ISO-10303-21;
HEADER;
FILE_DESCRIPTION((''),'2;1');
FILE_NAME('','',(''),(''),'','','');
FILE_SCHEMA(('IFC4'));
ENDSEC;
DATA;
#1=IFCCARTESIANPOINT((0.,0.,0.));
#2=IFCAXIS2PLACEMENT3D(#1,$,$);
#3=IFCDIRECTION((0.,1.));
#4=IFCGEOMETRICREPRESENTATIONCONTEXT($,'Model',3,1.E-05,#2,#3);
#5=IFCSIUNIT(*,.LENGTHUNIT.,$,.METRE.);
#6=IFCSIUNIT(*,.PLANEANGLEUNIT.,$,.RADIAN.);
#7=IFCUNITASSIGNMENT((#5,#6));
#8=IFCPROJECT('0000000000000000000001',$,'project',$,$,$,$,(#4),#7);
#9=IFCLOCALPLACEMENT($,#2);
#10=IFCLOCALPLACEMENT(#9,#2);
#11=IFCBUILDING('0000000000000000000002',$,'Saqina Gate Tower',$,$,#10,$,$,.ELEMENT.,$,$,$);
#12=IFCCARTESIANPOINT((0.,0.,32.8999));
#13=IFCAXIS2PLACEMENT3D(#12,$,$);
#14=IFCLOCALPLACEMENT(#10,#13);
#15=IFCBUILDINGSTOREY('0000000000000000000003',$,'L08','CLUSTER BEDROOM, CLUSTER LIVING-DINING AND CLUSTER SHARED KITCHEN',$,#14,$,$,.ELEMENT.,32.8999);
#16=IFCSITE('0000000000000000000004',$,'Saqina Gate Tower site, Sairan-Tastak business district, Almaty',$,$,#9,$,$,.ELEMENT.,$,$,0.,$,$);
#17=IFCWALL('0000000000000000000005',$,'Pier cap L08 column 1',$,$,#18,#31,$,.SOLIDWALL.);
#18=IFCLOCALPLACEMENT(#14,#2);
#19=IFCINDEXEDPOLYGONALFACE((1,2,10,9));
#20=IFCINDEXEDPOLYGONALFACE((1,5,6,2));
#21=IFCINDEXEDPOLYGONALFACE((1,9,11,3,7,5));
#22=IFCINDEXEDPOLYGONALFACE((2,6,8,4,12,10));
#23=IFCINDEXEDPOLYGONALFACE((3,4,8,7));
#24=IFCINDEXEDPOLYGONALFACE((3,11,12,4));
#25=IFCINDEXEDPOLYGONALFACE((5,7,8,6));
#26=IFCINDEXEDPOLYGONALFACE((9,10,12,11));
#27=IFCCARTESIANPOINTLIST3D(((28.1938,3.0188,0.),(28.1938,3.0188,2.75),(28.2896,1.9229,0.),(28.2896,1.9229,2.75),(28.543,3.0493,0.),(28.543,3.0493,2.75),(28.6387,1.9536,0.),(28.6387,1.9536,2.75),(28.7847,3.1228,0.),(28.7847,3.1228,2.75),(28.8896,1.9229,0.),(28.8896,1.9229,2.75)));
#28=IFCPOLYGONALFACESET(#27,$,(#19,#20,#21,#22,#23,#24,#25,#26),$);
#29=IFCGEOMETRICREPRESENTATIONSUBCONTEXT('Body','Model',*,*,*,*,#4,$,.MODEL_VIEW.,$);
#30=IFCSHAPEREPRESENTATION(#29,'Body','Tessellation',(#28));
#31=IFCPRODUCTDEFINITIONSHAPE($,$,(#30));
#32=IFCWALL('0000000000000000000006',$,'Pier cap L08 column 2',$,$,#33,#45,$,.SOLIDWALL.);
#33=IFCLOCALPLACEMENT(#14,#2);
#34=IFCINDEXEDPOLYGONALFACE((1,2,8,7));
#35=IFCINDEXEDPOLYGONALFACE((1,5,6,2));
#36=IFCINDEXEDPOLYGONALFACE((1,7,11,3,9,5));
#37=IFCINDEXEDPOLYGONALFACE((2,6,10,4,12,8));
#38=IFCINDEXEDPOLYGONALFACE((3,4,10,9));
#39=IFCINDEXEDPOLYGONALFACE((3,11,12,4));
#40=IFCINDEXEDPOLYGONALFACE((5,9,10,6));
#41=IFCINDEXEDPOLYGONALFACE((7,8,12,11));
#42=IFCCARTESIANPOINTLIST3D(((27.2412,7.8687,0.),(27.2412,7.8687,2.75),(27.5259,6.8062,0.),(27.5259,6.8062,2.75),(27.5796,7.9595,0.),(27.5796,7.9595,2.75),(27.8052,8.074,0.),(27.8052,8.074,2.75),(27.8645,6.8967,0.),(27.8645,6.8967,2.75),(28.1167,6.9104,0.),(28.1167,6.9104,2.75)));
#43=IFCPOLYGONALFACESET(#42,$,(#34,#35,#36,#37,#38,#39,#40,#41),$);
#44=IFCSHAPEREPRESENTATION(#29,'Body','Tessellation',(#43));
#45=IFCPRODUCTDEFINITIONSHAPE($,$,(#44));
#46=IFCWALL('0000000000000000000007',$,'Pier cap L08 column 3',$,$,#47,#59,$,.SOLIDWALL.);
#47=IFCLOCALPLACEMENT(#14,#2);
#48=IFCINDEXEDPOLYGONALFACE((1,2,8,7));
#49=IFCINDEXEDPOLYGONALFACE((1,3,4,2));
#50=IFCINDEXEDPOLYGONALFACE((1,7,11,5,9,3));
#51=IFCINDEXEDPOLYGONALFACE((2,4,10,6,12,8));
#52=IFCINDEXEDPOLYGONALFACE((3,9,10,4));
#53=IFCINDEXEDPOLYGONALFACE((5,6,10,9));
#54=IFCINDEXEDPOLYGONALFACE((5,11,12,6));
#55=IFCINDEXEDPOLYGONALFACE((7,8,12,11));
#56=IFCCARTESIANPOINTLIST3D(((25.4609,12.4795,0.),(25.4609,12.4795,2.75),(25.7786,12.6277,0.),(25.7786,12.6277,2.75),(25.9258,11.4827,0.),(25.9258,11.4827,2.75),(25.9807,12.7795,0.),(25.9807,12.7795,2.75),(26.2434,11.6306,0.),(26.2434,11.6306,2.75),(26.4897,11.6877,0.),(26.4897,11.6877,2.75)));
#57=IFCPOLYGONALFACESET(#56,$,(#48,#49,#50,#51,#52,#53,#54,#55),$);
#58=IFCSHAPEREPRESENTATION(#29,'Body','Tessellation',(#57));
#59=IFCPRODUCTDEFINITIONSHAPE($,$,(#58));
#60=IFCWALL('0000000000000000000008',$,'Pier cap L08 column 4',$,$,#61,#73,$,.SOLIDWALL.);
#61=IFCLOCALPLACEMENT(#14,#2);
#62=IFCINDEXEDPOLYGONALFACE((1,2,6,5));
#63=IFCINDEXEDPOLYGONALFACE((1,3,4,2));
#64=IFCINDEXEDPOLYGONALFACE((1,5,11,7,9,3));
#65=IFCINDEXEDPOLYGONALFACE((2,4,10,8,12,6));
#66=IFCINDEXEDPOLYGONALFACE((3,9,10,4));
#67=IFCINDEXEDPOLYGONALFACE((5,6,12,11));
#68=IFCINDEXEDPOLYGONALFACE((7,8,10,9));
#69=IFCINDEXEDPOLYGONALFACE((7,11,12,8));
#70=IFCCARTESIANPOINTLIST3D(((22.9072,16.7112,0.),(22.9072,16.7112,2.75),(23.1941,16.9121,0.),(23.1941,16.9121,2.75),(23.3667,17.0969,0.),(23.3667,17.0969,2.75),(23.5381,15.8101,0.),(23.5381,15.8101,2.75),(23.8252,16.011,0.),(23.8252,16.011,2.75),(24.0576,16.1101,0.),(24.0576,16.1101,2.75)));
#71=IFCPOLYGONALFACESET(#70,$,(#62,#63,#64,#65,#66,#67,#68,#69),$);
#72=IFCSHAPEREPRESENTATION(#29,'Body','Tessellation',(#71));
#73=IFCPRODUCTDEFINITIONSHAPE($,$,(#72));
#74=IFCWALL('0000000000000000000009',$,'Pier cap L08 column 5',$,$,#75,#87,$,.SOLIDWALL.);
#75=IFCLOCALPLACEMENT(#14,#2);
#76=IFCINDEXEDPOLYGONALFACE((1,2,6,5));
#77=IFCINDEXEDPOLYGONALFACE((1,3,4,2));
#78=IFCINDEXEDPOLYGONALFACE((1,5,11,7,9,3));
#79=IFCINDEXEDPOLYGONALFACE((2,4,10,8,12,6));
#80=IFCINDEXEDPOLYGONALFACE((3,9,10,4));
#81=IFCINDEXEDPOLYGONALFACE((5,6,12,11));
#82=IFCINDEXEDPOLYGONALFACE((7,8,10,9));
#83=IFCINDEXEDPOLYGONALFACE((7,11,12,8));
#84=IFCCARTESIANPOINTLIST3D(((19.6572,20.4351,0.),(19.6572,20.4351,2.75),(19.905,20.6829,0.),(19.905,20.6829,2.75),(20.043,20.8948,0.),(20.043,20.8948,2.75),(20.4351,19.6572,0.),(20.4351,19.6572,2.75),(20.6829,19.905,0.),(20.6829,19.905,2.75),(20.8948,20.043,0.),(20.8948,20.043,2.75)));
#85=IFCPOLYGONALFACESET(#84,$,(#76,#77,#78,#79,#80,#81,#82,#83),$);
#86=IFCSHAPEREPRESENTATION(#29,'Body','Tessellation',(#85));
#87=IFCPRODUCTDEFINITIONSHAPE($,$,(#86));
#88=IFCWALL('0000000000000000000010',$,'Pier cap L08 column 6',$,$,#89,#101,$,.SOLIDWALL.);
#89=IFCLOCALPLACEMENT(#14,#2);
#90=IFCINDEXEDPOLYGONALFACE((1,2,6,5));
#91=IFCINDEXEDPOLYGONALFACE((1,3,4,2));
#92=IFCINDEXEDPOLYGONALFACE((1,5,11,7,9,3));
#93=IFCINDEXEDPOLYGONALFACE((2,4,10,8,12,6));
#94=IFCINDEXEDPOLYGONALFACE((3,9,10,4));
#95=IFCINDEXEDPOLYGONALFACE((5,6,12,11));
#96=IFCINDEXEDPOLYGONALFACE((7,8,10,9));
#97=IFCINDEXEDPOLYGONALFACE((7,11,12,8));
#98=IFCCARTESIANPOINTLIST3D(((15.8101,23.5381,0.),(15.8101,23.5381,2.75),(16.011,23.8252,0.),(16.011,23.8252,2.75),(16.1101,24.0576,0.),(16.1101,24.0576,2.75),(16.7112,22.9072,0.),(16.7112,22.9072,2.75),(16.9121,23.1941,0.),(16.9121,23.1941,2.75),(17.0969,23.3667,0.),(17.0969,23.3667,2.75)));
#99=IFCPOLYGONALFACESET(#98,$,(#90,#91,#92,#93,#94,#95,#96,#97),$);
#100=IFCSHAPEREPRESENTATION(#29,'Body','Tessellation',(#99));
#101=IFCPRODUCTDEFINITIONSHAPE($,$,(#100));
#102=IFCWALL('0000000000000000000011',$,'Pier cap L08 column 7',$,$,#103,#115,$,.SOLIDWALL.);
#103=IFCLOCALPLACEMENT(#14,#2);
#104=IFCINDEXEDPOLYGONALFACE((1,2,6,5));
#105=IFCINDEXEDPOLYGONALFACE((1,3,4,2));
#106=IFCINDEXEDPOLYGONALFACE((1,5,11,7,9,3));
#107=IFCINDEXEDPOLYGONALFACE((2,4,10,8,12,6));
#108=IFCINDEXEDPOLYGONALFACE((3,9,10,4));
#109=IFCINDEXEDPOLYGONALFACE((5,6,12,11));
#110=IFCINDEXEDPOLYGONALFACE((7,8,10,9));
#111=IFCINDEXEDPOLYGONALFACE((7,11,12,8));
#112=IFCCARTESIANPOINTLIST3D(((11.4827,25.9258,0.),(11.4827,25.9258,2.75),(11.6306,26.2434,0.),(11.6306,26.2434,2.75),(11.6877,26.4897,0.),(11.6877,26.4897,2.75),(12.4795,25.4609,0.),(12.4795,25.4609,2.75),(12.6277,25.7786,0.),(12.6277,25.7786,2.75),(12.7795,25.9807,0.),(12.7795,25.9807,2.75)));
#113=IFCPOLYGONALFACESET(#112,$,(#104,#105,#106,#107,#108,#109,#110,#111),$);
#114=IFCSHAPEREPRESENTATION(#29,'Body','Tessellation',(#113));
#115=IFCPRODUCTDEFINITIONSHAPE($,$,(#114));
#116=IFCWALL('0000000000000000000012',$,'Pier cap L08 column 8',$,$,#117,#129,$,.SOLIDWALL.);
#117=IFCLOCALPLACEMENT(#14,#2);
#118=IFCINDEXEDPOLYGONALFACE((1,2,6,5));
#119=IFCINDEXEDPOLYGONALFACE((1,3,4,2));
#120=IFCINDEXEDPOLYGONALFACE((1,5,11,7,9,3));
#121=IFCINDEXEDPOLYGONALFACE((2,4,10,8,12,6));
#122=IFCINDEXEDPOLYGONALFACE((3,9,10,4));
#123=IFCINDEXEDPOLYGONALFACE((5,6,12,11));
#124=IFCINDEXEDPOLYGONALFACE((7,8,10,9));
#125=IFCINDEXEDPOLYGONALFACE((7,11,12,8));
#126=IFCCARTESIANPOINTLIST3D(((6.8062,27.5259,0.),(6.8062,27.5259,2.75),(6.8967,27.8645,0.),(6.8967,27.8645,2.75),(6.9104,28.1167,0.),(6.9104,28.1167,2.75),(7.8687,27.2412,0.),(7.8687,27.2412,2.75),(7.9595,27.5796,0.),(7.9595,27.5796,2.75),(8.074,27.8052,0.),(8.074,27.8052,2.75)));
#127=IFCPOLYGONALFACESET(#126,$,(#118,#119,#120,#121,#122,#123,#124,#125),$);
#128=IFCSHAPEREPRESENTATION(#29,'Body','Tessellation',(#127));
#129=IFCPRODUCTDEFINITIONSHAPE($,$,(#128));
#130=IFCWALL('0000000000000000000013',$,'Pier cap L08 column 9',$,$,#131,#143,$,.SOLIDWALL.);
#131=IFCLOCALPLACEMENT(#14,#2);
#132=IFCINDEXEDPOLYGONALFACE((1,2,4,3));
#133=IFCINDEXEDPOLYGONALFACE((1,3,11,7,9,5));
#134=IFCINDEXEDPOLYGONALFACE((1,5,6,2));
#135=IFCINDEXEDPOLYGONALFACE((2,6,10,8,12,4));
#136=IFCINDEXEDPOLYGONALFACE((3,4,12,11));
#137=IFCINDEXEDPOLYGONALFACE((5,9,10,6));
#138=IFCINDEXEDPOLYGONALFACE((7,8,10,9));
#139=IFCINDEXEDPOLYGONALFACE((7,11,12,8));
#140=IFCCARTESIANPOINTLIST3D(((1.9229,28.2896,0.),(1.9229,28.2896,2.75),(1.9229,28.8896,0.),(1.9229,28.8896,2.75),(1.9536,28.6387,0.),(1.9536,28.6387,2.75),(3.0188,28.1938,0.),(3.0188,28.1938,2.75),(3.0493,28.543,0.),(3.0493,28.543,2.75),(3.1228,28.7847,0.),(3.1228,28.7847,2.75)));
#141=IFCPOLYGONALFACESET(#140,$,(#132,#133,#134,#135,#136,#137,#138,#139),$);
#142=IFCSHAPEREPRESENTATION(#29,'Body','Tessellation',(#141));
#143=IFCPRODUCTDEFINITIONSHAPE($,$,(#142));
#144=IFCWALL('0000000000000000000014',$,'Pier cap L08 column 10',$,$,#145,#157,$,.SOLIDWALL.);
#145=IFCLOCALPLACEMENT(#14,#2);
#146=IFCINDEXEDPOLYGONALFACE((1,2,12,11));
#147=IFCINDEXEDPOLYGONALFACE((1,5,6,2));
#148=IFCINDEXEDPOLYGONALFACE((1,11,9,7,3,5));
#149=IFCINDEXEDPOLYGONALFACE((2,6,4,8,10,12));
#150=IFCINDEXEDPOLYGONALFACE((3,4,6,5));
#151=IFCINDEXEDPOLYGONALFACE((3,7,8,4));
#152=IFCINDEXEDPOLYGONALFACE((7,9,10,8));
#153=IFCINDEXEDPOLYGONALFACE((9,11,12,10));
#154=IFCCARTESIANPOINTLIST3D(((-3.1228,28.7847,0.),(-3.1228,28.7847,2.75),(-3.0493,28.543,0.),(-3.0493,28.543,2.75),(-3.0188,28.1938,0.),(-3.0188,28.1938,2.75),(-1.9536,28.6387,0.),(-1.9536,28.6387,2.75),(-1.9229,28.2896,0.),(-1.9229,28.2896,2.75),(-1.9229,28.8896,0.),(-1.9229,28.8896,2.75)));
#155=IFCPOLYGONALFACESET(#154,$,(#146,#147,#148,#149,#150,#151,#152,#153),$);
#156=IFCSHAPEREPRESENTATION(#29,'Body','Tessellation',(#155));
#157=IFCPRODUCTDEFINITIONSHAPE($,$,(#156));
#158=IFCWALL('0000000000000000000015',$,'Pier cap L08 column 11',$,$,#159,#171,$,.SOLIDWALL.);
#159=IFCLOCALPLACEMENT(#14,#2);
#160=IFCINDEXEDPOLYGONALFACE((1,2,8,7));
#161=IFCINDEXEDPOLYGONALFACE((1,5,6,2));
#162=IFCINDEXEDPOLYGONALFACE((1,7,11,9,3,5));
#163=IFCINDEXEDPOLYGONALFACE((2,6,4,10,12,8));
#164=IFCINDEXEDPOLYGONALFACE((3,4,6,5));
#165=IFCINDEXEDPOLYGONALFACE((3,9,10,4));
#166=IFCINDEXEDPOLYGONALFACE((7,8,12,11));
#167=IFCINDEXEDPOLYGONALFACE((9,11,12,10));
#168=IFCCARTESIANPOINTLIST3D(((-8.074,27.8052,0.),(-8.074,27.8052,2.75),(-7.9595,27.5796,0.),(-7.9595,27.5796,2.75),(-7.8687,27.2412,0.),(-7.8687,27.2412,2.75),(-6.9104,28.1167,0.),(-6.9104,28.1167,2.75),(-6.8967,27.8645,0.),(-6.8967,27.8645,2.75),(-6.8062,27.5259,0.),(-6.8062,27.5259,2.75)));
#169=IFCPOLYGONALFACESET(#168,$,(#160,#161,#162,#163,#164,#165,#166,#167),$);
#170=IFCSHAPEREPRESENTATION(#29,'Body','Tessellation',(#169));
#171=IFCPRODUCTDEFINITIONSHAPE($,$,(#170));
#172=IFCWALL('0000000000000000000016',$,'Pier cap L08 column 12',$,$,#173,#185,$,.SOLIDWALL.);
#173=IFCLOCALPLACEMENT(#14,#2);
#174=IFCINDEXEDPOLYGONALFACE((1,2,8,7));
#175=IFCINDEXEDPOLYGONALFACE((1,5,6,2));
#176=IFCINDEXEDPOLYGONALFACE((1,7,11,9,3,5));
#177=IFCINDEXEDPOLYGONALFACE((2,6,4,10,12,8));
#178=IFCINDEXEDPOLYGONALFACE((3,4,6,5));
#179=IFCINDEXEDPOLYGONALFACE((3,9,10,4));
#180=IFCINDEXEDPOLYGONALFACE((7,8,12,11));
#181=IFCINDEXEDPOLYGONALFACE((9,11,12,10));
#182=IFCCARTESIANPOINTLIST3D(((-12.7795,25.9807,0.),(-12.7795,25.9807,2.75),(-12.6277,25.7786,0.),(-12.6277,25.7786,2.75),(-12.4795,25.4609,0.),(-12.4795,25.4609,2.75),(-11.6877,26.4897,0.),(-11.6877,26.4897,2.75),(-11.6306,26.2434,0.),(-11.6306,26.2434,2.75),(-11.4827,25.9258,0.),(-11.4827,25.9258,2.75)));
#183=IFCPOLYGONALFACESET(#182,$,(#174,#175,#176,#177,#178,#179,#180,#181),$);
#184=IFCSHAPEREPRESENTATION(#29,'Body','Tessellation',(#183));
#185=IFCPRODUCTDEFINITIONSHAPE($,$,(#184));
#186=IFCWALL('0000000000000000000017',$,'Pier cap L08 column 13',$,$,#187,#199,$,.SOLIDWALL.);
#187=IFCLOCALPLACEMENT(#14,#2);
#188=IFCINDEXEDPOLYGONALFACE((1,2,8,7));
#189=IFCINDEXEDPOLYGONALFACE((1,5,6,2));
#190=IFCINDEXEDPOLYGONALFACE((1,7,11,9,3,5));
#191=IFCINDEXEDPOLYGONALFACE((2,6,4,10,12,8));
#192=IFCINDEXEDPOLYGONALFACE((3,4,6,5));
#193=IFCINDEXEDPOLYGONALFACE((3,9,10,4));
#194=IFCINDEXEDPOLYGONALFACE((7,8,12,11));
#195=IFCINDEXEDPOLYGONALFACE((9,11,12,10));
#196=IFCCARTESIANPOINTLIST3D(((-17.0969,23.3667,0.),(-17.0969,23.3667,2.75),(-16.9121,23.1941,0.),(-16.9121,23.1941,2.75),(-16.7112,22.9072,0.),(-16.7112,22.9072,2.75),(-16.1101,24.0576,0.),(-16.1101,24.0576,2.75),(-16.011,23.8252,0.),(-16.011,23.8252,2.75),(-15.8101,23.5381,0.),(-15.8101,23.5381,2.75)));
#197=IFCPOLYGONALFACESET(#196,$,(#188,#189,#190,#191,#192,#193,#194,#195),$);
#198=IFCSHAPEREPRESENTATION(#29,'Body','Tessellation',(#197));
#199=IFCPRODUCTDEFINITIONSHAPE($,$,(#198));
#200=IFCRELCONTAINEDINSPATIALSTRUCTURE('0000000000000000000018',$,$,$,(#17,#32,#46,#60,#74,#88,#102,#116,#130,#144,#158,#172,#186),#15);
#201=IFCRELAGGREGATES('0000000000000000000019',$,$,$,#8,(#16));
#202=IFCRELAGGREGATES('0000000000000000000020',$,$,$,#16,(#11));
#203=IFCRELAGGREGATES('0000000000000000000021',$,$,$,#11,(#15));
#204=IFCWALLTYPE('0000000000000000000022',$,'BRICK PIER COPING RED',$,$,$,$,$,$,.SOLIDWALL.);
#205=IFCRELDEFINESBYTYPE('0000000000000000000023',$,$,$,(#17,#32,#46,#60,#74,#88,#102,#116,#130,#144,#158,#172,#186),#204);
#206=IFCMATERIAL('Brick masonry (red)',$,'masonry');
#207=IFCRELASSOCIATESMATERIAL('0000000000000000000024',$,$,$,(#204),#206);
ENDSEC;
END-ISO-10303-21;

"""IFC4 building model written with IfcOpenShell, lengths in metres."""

from ifc_helpers import new_model, si_unit, direction, frame, origin, place, context, subcontext, project, spatial, polyline, outline, extrude, material, type_object, element, save


model = new_model("IFC4")

# Units and contexts
model_context = context("Model", 3, precision=1e-05, world=origin(), true_north=direction((0.0, 1.0)))
body_context = subcontext(model_context, "Body", "Model", "MODEL_VIEW")
ifc_project = project(units=[si_unit("LENGTHUNIT", "METRE"), si_unit("PLANEANGLEUNIT", "RADIAN")], contexts=[model_context])

# Site, building, storey
site_placement = place(None, origin())
site = spatial("IfcSite", under=ifc_project, at=site_placement, Name="Saqina Gate Tower site, Sairan-Tastak business district, Almaty", CompositionType="ELEMENT", RefElevation=0.0)
building_placement = place(site_placement, origin())
building = spatial("IfcBuilding", under=site, at=building_placement, Name="Saqina Gate Tower", CompositionType="ELEMENT")
storey_placement = place(building_placement, frame((0.0, 0.0, 32.8999)))
storey = spatial("IfcBuildingStorey", under=building, at=storey_placement, Name="L08", Description="CLUSTER BEDROOM, CLUSTER LIVING-DINING AND CLUSTER SHARED KITCHEN", CompositionType="ELEMENT", Elevation=32.8999)

# Walls
ifc_material_1 = material(Name="Brick masonry (red)", Category="masonry")
wall_type_1 = type_object("IfcWallType", Name="BRICK PIER COPING RED", PredefinedType="SOLIDWALL", material=ifc_material_1)
wall_1_placement = place(storey_placement, origin())
element("IfcWall", 1, at=wall_1_placement, inside=storey, type_object=wall_type_1, Name="Pier cap L08 column 1", PredefinedType="SOLIDWALL", context=body_context, shape_type="SweptSolid", body=[
    extrude(outline(polyline([(28.8896, 1.9229), (28.7847, 3.1228), (28.1938, 3.0188), (28.543, 3.0493), (28.6387, 1.9536), (28.2896, 1.9229), (28.8896, 1.9229)])), origin(), (0.0, 0.0, 1.0), 2.75),
])
wall_2_placement = place(storey_placement, origin())
element("IfcWall", 2, at=wall_2_placement, inside=storey, type_object=wall_type_1, Name="Pier cap L08 column 2", PredefinedType="SOLIDWALL", context=body_context, shape_type="SweptSolid", body=[
    extrude(outline(polyline([(28.1167, 6.9104), (27.8052, 8.074), (27.2412, 7.8687), (27.5796, 7.9595), (27.8645, 6.8967), (27.5259, 6.8062), (28.1167, 6.9104)])), origin(), (0.0, 0.0, 1.0), 2.75),
])
wall_3_placement = place(storey_placement, origin())
element("IfcWall", 3, at=wall_3_placement, inside=storey, type_object=wall_type_1, Name="Pier cap L08 column 3", PredefinedType="SOLIDWALL", context=body_context, shape_type="SweptSolid", body=[
    extrude(outline(polyline([(25.9807, 12.7795), (25.4609, 12.4795), (25.7786, 12.6277), (26.2434, 11.6306), (25.9258, 11.4827), (26.4897, 11.6877), (25.9807, 12.7795)])), origin(), (0.0, 0.0, 1.0), 2.75),
])
wall_4_placement = place(storey_placement, origin())
element("IfcWall", 4, at=wall_4_placement, inside=storey, type_object=wall_type_1, Name="Pier cap L08 column 4", PredefinedType="SOLIDWALL", context=body_context, shape_type="SweptSolid", body=[
    extrude(outline(polyline([(24.0576, 16.1101), (23.3667, 17.0969), (22.9072, 16.7112), (23.1941, 16.9121), (23.8252, 16.011), (23.5381, 15.8101), (24.0576, 16.1101)])), origin(), (0.0, 0.0, 1.0), 2.75),
])
wall_5_placement = place(storey_placement, origin())
element("IfcWall", 5, at=wall_5_placement, inside=storey, type_object=wall_type_1, Name="Pier cap L08 column 5", PredefinedType="SOLIDWALL", context=body_context, shape_type="SweptSolid", body=[
    extrude(outline(polyline([(20.043, 20.8948), (19.6572, 20.4351), (19.905, 20.6829), (20.6829, 19.905), (20.4351, 19.6572), (20.8948, 20.043), (20.043, 20.8948)])), origin(), (0.0, 0.0, 1.0), 2.75),
])
wall_6_placement = place(storey_placement, origin())
element("IfcWall", 6, at=wall_6_placement, inside=storey, type_object=wall_type_1, Name="Pier cap L08 column 6", PredefinedType="SOLIDWALL", context=body_context, shape_type="SweptSolid", body=[
    extrude(outline(polyline([(17.0969, 23.3667), (16.1101, 24.0576), (15.8101, 23.5381), (16.011, 23.8252), (16.9121, 23.1941), (16.7112, 22.9072), (17.0969, 23.3667)])), origin(), (0.0, 0.0, 1.0), 2.75),
])
wall_7_placement = place(storey_placement, origin())
element("IfcWall", 7, at=wall_7_placement, inside=storey, type_object=wall_type_1, Name="Pier cap L08 column 7", PredefinedType="SOLIDWALL", context=body_context, shape_type="SweptSolid", body=[
    extrude(outline(polyline([(11.6877, 26.4897), (11.4827, 25.9258), (11.6306, 26.2434), (12.6277, 25.7786), (12.4795, 25.4609), (12.7795, 25.9807), (11.6877, 26.4897)])), origin(), (0.0, 0.0, 1.0), 2.75),
])
wall_8_placement = place(storey_placement, origin())
element("IfcWall", 8, at=wall_8_placement, inside=storey, type_object=wall_type_1, Name="Pier cap L08 column 8", PredefinedType="SOLIDWALL", context=body_context, shape_type="SweptSolid", body=[
    extrude(outline(polyline([(6.9104, 28.1167), (6.8062, 27.5259), (6.8967, 27.8645), (7.9595, 27.5796), (7.8687, 27.2412), (8.074, 27.8052), (6.9104, 28.1167)])), origin(), (0.0, 0.0, 1.0), 2.75),
])
wall_9_placement = place(storey_placement, origin())
element("IfcWall", 9, at=wall_9_placement, inside=storey, type_object=wall_type_1, Name="Pier cap L08 column 9", PredefinedType="SOLIDWALL", context=body_context, shape_type="SweptSolid", body=[
    extrude(outline(polyline([(3.1228, 28.7847), (1.9229, 28.8896), (1.9229, 28.2896), (1.9536, 28.6387), (3.0493, 28.543), (3.0188, 28.1938), (3.1228, 28.7847)])), origin(), (0.0, 0.0, 1.0), 2.75),
])
wall_10_placement = place(storey_placement, origin())
element("IfcWall", 10, at=wall_10_placement, inside=storey, type_object=wall_type_1, Name="Pier cap L08 column 10", PredefinedType="SOLIDWALL", context=body_context, shape_type="SweptSolid", body=[
    extrude(outline(polyline([(-1.9229, 28.8896), (-3.1228, 28.7847), (-3.0188, 28.1938), (-3.0493, 28.543), (-1.9536, 28.6387), (-1.9229, 28.2896), (-1.9229, 28.8896)])), origin(), (0.0, 0.0, 1.0), 2.75),
])
wall_11_placement = place(storey_placement, origin())
element("IfcWall", 11, at=wall_11_placement, inside=storey, type_object=wall_type_1, Name="Pier cap L08 column 11", PredefinedType="SOLIDWALL", context=body_context, shape_type="SweptSolid", body=[
    extrude(outline(polyline([(-6.9104, 28.1167), (-8.074, 27.8052), (-7.8687, 27.2412), (-7.9595, 27.5796), (-6.8967, 27.8645), (-6.8062, 27.5259), (-6.9104, 28.1167)])), origin(), (0.0, 0.0, 1.0), 2.75),
])
wall_12_placement = place(storey_placement, origin())
element("IfcWall", 12, at=wall_12_placement, inside=storey, type_object=wall_type_1, Name="Pier cap L08 column 12", PredefinedType="SOLIDWALL", context=body_context, shape_type="SweptSolid", body=[
    extrude(outline(polyline([(-12.7795, 25.9807), (-12.4795, 25.4609), (-12.6277, 25.7786), (-11.6306, 26.2434), (-11.4827, 25.9258), (-11.6877, 26.4897), (-12.7795, 25.9807)])), origin(), (0.0, 0.0, 1.0), 2.75),
])
wall_13_placement = place(storey_placement, origin())
element("IfcWall", 13, at=wall_13_placement, inside=storey, type_object=wall_type_1, Name="Pier cap L08 column 13", PredefinedType="SOLIDWALL", context=body_context, shape_type="SweptSolid", body=[
    extrude(outline(polyline([(-16.1101, 24.0576), (-17.0969, 23.3667), (-16.7112, 22.9072), (-16.9121, 23.1941), (-16.011, 23.8252), (-15.8101, 23.5381), (-16.1101, 24.0576)])), origin(), (0.0, 0.0, 1.0), 2.75),
])

save(model, "model.ifc")
